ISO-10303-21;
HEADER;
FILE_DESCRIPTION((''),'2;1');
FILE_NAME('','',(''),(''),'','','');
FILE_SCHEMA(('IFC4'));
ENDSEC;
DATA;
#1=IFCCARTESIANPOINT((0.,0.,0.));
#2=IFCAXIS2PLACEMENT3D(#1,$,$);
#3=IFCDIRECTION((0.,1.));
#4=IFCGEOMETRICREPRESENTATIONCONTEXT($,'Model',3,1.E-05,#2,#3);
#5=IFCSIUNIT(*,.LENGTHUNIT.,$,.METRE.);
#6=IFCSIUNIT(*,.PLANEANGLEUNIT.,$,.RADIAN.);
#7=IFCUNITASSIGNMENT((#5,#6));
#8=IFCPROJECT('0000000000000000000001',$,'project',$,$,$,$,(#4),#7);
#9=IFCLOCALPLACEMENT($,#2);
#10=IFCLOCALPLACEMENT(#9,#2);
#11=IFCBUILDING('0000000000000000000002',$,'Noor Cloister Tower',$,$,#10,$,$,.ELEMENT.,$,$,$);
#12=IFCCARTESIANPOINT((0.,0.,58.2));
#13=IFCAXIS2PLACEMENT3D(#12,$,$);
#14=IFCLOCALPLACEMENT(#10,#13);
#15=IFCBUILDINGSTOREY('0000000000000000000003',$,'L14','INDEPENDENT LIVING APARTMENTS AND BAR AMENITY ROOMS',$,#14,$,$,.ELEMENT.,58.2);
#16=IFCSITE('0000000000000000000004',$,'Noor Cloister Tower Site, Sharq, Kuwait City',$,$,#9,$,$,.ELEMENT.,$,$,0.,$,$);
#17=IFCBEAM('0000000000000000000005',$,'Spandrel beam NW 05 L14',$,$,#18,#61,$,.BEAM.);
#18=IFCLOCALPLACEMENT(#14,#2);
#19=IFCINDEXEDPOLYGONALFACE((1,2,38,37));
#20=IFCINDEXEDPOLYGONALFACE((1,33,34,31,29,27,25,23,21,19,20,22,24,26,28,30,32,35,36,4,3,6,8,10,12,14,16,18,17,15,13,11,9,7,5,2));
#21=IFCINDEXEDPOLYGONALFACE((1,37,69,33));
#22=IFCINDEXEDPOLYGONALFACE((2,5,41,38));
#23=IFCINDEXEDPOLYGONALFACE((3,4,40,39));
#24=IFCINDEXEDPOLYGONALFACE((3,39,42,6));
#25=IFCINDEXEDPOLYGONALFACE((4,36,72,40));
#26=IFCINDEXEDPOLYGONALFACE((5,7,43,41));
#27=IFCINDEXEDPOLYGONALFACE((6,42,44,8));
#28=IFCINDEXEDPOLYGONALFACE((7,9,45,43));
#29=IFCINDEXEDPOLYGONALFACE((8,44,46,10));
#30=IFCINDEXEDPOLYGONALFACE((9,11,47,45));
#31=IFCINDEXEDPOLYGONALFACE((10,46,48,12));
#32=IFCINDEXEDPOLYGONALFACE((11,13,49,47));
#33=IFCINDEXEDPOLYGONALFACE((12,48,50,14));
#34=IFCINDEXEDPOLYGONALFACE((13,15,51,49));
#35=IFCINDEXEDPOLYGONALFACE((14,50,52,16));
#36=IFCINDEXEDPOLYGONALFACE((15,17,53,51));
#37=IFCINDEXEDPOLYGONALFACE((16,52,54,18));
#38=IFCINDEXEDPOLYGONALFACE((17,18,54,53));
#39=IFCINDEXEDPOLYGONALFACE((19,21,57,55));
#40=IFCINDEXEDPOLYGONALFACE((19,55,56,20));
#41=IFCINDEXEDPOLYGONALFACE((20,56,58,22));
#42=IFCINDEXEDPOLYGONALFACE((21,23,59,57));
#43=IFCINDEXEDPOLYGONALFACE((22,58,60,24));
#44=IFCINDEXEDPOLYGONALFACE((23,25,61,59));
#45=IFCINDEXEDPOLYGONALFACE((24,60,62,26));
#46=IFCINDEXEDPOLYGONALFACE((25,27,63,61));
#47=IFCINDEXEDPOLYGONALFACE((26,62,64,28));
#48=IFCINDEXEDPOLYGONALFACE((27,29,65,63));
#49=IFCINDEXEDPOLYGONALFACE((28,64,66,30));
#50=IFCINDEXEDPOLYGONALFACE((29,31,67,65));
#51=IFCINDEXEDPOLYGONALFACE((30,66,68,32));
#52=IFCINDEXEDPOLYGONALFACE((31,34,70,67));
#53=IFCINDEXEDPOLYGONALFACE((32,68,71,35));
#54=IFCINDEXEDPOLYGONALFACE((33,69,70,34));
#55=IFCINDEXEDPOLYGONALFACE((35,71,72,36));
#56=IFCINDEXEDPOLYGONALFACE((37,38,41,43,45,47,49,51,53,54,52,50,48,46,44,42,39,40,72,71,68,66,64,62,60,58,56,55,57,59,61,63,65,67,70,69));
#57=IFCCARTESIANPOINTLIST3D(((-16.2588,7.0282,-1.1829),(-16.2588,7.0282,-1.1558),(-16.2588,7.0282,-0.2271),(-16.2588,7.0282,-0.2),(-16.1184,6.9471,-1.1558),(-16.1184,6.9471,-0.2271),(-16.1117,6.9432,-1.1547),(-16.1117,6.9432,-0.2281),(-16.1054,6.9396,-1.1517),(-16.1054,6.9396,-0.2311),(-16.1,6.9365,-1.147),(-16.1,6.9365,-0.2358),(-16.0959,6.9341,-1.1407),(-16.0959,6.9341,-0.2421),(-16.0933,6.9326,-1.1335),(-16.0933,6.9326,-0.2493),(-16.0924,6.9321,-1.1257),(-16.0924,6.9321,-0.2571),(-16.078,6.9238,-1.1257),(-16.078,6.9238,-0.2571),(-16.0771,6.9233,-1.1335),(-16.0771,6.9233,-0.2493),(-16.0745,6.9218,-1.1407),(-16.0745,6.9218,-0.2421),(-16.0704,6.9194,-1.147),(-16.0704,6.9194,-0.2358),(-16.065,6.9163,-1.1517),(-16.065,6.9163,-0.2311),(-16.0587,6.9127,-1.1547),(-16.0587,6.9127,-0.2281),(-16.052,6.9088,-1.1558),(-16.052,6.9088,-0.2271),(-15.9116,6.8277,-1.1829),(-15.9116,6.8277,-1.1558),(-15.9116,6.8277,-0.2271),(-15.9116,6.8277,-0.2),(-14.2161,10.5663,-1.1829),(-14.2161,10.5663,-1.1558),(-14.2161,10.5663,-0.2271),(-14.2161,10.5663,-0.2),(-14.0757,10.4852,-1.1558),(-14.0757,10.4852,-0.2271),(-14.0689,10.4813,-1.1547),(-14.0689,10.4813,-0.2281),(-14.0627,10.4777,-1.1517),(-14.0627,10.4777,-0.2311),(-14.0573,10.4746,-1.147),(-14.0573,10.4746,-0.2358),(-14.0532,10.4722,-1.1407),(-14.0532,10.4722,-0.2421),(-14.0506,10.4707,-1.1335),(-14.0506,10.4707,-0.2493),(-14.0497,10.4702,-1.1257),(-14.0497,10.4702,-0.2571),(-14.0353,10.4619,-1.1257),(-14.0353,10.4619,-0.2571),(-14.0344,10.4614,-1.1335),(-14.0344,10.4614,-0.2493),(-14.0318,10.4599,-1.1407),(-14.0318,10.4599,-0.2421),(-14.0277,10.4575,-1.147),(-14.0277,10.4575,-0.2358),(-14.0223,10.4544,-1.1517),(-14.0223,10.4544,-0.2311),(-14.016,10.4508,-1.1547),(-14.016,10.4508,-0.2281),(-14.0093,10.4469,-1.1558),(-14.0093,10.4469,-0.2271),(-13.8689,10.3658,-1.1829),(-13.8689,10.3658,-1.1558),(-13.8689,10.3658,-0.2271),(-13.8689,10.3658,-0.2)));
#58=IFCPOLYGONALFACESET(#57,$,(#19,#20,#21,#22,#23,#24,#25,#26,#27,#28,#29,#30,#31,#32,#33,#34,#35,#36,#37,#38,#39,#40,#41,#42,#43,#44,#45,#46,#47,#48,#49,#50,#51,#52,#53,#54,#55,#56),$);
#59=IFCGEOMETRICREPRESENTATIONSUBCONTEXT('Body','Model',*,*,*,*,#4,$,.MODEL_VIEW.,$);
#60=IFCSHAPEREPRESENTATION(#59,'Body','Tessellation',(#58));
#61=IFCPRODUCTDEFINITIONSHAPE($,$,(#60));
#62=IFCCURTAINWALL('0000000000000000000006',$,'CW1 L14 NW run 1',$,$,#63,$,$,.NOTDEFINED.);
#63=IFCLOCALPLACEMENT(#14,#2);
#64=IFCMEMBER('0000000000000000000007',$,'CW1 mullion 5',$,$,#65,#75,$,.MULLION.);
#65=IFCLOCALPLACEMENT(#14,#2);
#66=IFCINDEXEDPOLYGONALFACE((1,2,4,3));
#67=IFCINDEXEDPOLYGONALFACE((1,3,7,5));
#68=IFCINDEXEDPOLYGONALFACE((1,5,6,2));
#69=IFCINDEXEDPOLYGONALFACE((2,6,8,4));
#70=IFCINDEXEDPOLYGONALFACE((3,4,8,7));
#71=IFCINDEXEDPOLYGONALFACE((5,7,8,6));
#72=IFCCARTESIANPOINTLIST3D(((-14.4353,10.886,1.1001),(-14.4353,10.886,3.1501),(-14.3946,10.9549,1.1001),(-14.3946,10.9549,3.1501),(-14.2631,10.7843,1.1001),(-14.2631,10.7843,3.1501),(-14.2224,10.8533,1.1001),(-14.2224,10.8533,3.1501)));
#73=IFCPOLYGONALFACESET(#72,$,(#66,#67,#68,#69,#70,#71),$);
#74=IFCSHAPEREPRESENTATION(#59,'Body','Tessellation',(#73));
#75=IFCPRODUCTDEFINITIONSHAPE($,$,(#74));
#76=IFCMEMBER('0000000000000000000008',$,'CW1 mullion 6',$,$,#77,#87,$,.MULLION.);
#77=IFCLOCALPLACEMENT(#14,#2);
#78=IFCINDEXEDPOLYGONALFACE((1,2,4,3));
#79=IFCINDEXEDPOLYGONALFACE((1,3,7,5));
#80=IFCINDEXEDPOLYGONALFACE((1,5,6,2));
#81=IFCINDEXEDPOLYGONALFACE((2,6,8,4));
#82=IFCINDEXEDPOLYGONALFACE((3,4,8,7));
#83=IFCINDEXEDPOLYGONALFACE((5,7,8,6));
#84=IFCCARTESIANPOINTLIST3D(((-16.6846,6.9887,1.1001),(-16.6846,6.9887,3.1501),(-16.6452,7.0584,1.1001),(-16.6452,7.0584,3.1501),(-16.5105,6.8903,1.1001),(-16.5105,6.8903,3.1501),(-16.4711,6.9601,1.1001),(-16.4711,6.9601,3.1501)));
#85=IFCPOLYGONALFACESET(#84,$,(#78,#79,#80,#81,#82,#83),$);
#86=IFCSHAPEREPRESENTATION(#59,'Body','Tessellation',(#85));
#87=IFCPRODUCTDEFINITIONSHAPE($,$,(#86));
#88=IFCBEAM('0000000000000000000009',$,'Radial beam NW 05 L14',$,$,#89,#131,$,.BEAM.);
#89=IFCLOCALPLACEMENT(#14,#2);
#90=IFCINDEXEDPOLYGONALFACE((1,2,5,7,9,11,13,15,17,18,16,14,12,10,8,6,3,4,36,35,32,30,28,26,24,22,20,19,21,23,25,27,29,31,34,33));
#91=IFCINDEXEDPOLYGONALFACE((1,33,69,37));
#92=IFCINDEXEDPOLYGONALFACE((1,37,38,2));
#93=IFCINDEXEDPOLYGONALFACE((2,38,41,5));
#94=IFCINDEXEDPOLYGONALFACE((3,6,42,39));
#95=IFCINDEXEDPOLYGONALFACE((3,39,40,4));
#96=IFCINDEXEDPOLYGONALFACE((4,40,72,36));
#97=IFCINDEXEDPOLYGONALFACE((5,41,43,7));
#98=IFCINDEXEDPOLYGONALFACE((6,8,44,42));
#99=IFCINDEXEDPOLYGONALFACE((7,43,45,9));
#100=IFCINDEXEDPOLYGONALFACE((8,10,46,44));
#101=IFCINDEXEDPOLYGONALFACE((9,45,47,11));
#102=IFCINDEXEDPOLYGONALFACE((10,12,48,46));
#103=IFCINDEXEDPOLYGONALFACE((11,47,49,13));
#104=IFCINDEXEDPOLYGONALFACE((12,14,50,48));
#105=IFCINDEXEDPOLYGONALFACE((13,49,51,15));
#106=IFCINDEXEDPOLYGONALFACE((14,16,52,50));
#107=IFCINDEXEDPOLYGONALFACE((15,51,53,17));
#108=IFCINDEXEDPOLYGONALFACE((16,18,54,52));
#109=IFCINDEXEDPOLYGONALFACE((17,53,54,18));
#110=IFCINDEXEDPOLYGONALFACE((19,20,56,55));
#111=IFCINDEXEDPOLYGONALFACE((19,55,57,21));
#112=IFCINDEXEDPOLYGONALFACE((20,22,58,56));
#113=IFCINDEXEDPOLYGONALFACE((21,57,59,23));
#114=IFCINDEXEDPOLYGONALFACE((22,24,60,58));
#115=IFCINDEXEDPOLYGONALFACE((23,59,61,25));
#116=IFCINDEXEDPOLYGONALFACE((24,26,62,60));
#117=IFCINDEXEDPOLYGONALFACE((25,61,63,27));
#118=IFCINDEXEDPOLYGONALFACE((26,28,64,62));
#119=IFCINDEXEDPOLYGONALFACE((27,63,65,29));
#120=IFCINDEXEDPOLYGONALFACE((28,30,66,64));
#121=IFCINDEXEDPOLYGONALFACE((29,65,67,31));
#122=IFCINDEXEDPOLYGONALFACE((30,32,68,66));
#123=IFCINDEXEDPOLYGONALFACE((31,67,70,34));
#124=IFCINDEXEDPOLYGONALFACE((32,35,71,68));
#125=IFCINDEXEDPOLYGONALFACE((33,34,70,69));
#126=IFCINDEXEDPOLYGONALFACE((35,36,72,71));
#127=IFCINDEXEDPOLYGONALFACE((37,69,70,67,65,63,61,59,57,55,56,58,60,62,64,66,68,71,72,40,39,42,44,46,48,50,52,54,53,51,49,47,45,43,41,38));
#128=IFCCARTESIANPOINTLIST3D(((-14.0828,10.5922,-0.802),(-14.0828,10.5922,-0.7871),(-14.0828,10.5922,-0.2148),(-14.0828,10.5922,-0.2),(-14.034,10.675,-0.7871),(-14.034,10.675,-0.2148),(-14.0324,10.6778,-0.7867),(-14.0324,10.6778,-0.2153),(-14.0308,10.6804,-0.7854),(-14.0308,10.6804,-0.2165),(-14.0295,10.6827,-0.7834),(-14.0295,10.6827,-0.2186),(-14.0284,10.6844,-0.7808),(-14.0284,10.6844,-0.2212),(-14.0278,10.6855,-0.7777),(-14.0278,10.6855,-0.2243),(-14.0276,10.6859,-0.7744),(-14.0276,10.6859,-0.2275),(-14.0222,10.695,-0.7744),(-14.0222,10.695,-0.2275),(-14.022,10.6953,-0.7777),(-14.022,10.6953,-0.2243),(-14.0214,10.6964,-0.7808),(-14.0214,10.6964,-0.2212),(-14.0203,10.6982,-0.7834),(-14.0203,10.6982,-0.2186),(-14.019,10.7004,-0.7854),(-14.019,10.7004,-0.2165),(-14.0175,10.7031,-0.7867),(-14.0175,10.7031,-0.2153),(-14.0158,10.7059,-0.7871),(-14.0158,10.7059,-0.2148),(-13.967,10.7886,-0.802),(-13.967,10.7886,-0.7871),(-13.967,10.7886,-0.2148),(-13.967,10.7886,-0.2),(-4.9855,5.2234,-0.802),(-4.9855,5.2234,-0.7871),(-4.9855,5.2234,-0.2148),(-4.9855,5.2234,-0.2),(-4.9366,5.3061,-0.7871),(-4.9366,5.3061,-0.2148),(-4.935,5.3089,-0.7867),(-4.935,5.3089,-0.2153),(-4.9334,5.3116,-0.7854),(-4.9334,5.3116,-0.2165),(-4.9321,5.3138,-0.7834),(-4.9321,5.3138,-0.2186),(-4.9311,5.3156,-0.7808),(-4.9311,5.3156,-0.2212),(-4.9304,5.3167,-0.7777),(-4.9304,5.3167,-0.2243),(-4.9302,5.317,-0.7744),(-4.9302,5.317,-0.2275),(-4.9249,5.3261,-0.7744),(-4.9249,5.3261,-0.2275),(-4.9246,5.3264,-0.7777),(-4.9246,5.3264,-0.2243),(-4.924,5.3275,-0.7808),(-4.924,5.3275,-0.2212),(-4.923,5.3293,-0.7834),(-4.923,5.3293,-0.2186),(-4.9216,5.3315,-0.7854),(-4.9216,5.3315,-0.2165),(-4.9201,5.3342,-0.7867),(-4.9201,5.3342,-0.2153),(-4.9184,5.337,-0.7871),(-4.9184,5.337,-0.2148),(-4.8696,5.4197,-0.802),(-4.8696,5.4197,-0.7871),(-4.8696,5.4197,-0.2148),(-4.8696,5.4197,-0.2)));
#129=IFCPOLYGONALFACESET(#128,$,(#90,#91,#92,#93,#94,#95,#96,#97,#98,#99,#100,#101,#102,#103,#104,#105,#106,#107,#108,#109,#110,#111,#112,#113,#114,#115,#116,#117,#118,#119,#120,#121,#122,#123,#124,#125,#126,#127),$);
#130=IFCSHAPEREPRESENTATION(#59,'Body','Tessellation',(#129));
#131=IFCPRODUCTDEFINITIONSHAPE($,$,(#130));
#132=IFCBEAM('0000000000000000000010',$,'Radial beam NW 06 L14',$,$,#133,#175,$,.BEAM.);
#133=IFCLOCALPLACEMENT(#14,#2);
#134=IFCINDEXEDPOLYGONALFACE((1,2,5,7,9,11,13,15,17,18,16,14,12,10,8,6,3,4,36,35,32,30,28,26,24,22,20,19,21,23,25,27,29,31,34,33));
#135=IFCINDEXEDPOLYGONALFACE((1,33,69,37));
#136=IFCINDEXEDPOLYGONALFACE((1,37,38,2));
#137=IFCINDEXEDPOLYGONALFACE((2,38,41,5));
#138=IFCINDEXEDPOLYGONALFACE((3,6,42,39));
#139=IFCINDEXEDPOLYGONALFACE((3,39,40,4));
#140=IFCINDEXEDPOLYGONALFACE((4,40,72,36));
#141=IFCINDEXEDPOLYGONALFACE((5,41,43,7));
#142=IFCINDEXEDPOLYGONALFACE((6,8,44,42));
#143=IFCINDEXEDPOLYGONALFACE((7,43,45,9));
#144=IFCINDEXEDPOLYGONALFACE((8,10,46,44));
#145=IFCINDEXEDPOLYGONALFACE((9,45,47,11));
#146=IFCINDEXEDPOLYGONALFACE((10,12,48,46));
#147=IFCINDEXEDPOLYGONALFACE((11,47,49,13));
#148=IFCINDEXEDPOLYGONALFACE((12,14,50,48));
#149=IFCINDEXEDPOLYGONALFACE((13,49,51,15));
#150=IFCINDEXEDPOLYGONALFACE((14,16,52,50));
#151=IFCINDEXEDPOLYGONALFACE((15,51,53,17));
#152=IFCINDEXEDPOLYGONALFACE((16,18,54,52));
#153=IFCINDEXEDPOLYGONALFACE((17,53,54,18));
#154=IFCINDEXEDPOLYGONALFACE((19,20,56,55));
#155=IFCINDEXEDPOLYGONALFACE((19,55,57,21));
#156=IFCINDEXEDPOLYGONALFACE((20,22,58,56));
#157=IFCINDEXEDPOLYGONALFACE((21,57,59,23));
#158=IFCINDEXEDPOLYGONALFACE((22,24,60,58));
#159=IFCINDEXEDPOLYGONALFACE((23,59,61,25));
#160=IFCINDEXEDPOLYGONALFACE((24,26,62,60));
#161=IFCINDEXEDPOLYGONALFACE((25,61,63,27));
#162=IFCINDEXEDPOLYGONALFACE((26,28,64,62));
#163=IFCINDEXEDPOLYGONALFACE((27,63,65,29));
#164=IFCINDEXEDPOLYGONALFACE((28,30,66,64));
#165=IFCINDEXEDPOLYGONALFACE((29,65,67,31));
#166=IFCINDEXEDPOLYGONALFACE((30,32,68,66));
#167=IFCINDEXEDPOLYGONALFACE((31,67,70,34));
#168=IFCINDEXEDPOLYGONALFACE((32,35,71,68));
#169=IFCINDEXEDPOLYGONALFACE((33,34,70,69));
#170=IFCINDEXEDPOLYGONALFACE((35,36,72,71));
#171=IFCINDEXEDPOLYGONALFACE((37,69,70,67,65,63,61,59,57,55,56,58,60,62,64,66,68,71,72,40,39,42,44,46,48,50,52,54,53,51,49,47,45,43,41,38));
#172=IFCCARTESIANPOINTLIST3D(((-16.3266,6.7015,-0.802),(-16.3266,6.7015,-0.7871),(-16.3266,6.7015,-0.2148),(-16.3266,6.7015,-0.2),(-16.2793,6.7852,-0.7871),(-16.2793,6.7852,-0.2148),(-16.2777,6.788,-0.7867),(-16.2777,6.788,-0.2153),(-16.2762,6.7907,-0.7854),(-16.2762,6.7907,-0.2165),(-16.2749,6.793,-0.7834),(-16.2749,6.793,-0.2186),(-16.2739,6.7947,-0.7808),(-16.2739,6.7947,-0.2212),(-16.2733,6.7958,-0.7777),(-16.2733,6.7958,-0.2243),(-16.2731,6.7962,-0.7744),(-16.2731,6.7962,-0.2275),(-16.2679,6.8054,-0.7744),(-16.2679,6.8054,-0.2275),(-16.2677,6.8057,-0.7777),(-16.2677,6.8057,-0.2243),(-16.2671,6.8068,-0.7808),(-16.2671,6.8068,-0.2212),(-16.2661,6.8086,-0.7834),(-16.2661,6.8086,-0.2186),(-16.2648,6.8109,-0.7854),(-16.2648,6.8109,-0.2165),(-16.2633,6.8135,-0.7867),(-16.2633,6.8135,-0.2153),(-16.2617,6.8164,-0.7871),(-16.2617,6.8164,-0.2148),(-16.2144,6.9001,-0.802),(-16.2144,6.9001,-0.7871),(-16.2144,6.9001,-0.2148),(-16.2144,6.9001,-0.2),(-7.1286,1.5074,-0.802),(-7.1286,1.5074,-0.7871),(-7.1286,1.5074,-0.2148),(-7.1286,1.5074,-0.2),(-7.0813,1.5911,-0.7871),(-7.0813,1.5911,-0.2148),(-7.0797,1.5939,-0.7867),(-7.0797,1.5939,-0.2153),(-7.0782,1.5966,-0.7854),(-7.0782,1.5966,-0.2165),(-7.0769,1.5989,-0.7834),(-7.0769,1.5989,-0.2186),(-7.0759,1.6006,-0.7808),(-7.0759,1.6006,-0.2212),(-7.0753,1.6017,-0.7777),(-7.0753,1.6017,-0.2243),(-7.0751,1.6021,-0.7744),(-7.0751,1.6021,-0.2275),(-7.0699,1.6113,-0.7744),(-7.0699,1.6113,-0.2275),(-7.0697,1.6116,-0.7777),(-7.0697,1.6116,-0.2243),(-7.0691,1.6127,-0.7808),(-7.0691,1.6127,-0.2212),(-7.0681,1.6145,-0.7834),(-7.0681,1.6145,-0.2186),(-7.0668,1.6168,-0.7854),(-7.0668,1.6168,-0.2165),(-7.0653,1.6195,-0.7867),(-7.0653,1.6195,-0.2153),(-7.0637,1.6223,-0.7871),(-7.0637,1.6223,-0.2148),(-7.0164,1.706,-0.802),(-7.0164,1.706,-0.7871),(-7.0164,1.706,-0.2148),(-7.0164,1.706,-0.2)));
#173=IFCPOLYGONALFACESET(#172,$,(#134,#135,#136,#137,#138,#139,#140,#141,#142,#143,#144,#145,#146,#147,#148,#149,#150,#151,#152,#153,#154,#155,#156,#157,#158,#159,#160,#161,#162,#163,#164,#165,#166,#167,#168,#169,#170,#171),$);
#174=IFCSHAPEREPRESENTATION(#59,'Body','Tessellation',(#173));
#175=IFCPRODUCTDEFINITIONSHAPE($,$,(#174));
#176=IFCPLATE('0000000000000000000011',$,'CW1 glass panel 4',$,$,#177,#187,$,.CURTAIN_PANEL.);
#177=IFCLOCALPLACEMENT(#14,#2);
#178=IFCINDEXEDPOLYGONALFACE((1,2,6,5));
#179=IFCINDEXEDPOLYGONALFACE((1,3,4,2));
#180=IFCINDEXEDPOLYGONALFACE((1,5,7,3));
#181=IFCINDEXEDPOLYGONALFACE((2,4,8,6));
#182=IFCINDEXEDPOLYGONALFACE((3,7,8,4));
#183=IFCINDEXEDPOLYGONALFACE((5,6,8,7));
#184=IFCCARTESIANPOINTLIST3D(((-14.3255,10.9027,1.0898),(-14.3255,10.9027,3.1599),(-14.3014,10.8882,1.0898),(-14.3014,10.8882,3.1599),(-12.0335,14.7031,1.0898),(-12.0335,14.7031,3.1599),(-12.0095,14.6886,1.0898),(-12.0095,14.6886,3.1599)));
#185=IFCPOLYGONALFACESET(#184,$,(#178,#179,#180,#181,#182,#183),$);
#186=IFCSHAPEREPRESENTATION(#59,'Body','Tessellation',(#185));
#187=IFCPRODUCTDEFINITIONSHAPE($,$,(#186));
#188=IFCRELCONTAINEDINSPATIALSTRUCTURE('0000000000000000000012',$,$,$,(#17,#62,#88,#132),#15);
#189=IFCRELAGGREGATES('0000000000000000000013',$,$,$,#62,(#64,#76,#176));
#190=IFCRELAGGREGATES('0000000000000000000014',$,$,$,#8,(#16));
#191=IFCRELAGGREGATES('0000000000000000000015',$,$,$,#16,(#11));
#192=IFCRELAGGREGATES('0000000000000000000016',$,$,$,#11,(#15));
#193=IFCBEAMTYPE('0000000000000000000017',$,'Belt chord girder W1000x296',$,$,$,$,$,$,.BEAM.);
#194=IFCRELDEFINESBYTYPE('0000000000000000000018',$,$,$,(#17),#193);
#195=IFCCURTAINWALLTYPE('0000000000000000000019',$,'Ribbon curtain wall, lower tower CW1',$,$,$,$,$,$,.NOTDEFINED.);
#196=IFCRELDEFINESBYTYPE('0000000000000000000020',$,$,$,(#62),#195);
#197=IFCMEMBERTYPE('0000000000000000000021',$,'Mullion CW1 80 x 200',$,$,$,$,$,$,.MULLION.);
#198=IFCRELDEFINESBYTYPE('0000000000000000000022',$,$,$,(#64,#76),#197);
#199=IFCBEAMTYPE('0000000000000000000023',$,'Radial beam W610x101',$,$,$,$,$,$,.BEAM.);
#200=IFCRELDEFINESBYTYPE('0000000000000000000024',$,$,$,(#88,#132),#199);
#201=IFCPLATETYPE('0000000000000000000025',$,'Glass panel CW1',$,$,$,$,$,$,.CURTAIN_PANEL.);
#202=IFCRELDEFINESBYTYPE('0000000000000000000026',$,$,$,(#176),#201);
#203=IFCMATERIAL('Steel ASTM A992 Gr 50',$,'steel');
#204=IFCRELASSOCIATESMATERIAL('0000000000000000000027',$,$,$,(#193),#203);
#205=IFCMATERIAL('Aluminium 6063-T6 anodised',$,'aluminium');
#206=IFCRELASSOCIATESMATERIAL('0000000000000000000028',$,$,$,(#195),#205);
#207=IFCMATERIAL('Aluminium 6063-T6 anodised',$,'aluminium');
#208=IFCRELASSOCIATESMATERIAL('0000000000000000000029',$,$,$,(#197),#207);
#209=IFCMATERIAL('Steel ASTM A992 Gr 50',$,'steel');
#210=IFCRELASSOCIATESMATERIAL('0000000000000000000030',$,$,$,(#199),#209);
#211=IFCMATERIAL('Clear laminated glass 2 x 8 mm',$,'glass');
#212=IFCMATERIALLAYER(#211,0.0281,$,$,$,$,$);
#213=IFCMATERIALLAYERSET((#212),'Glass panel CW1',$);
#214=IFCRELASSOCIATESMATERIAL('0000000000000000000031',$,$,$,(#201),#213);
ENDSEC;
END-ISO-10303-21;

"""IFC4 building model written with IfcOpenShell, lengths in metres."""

from ifc_helpers import new_model, si_unit, direction, frame, origin, origin_2d, place, context, subcontext, project, spatial, rectangle, i_section, extrude, material, layer, layer_set, material_profile, profile_set, type_object, element, aggregate, save


model = new_model("IFC4")

# Units and contexts
model_context = context("Model", 3, precision=1e-05, world=origin(), true_north=direction((0.0, 1.0)))
body_context = subcontext(model_context, "Body", "Model", "MODEL_VIEW")
ifc_project = project(units=[si_unit("LENGTHUNIT", "METRE"), si_unit("PLANEANGLEUNIT", "RADIAN")], contexts=[model_context])

# Site, building, storey
site_placement = place(None, origin())
site = spatial("IfcSite", under=ifc_project, at=site_placement, Name="Noor Cloister Tower Site, Sharq, Kuwait City", CompositionType="ELEMENT", RefElevation=0.0)
building_placement = place(site_placement, origin())
building = spatial("IfcBuilding", under=site, at=building_placement, Name="Noor Cloister Tower", CompositionType="ELEMENT")
storey_placement = place(building_placement, frame((0.0, 0.0, 58.2)))
storey = spatial("IfcBuildingStorey", under=building, at=storey_placement, Name="L14", Description="INDEPENDENT LIVING APARTMENTS AND BAR AMENITY ROOMS", CompositionType="ELEMENT", Elevation=58.2)

# Beam
ifc_material_1 = material(Name="Steel ASTM A992 Gr 50", Category="steel")
ifc_material_profile_1 = material_profile(ifc_material_1, i_section(OverallWidth=0.4009, OverallDepth=0.9829, WebThickness=0.0166, FlangeThickness=0.0271, FilletRadius=0.03, at=origin_2d()), Name="W1000x296")
ifc_profile_set_1 = profile_set([ifc_material_profile_1], Name="Steel ASTM A992 Gr 50")
beam_type_1 = type_object("IfcBeamType", Name="Belt chord girder W1000x296", PredefinedType="BEAM", material=ifc_profile_set_1)
beam_1_placement = place(storey_placement, frame((-14.0425, 10.4661, -0.6914), z_axis=(-0.500002, -0.866024, 0.0), x_axis=(0.866024, -0.500002, 0.0)))
element("IfcBeam", 1, at=beam_1_placement, inside=storey, type_object=beam_type_1, Name="Spandrel beam NW 05 L14", PredefinedType="BEAM", context=body_context, shape_type="SweptSolid", body=[
    extrude(i_section(OverallWidth=0.4009, OverallDepth=0.9829, WebThickness=0.0166, FlangeThickness=0.0271, FilletRadius=0.03, at=origin_2d()), origin(), (0.0, 0.0, 1.0), 4.0854),
])

# Curtain wall, members
ifc_material_2 = material(Name="Aluminium 6063-T6 anodised", Category="aluminium")
curtain_wall_type = type_object("IfcCurtainWallType", Name="Ribbon curtain wall, lower tower CW1", PredefinedType="NOTDEFINED", material=ifc_material_2)
curtain_wall_placement = place(storey_placement, origin())
curtain_wall = element("IfcCurtainWall", 2, at=curtain_wall_placement, inside=storey, type_object=curtain_wall_type, Name="CW1 L14 NW run 1", PredefinedType="NOTDEFINED")
ifc_material_3 = material(Name="Aluminium 6063-T6 anodised", Category="aluminium")
ifc_material_profile_2 = material_profile(ifc_material_3, rectangle(XDim=0.2, YDim=0.0801, at=origin_2d()), Name="200 x 80 mullion")
ifc_profile_set_2 = profile_set([ifc_material_profile_2], Name="Aluminium 6063-T6 anodised")
member_type = type_object("IfcMemberType", Name="Mullion CW1 80 x 200", PredefinedType="MULLION", material=ifc_profile_set_2)
member_1_placement = place(storey_placement, frame((-14.3289, 10.8696, 1.1001), z_axis=(0.0, 0.0, 1.0), x_axis=(0.861212, -0.508246, 0.0)))
member_1 = element("IfcMember", 3, at=member_1_placement, type_object=member_type, Name="CW1 mullion 5", PredefinedType="MULLION", context=body_context, shape_type="SweptSolid", body=[
    extrude(rectangle(XDim=0.2, YDim=0.0801, at=origin_2d()), origin(), (0.0, 0.0, 1.0), 2.05),
])
member_2_placement = place(storey_placement, frame((-16.5779, 6.9744, 1.1001), z_axis=(0.0, 0.0, 1.0), x_axis=(0.87076, -0.491708, 0.0)))
member_2 = element("IfcMember", 4, at=member_2_placement, type_object=member_type, Name="CW1 mullion 6", PredefinedType="MULLION", context=body_context, shape_type="SweptSolid", body=[
    extrude(rectangle(XDim=0.2, YDim=0.0801, at=origin_2d()), origin(), (0.0, 0.0, 1.0), 2.05),
])

# Beams
ifc_material_4 = material(Name="Steel ASTM A992 Gr 50", Category="steel")
ifc_material_profile_3 = material_profile(ifc_material_4, i_section(OverallWidth=0.228, OverallDepth=0.6021, WebThickness=0.0105, FlangeThickness=0.0149, FilletRadius=0.0127, at=origin_2d()), Name="W610x101")
ifc_profile_set_3 = profile_set([ifc_material_profile_3], Name="Steel ASTM A992 Gr 50")
beam_type_2 = type_object("IfcBeamType", Name="Radial beam W610x101", PredefinedType="BEAM", material=ifc_profile_set_3)
beam_2_placement = place(storey_placement, frame((-14.0249, 10.6904, -0.501), z_axis=(0.86121, -0.508249, 0.0), x_axis=(0.508249, 0.86121, 0.0)))
element("IfcBeam", 5, at=beam_2_placement, inside=storey, type_object=beam_type_2, Name="Radial beam NW 05 L14", PredefinedType="BEAM", context=body_context, shape_type="SweptSolid", body=[
    extrude(i_section(OverallWidth=0.228, OverallDepth=0.6021, WebThickness=0.0105, FlangeThickness=0.0149, FilletRadius=0.0127, at=origin_2d()), origin(), (0.0, 0.0, 1.0), 10.5635),
])
beam_3_placement = place(storey_placement, frame((-16.2705, 6.8008, -0.501), z_axis=(0.870756, -0.491715, 0.0), x_axis=(0.491715, 0.870756, 0.0)))
element("IfcBeam", 6, at=beam_3_placement, inside=storey, type_object=beam_type_2, Name="Radial beam NW 06 L14", PredefinedType="BEAM", context=body_context, shape_type="SweptSolid", body=[
    extrude(i_section(OverallWidth=0.228, OverallDepth=0.6021, WebThickness=0.0105, FlangeThickness=0.0149, FilletRadius=0.0127, at=origin_2d()), origin(), (0.0, 0.0, 1.0), 10.5632),
])

# Plate
ifc_material_5 = material(Name="Clear laminated glass 2 x 8 mm", Category="glass")
ifc_layer_1 = layer(ifc_material_5, 0.0281)
ifc_layer_set_1 = layer_set([ifc_layer_1], Name="Glass panel CW1")
plate_type = type_object("IfcPlateType", Name="Glass panel CW1", PredefinedType="CURTAIN_PANEL", material=ifc_layer_set_1)
plate_1_placement = place(storey_placement, frame((-13.1675, 12.7957, 1.0898), z_axis=(0.0, 0.0, 1.0), x_axis=(-0.516446, -0.85632, 0.0)))
plate_1 = element("IfcPlate", 7, at=plate_1_placement, type_object=plate_type, Name="CW1 glass panel 4", PredefinedType="CURTAIN_PANEL", context=body_context, shape_type="SweptSolid", body=[
    extrude(rectangle(XDim=4.438, YDim=0.0281, at=origin_2d()), origin(), (0.0, 0.0, 1.0), 2.0701),
])
aggregate(curtain_wall, [member_1, member_2, plate_1])

save(model, "model.ifc")
